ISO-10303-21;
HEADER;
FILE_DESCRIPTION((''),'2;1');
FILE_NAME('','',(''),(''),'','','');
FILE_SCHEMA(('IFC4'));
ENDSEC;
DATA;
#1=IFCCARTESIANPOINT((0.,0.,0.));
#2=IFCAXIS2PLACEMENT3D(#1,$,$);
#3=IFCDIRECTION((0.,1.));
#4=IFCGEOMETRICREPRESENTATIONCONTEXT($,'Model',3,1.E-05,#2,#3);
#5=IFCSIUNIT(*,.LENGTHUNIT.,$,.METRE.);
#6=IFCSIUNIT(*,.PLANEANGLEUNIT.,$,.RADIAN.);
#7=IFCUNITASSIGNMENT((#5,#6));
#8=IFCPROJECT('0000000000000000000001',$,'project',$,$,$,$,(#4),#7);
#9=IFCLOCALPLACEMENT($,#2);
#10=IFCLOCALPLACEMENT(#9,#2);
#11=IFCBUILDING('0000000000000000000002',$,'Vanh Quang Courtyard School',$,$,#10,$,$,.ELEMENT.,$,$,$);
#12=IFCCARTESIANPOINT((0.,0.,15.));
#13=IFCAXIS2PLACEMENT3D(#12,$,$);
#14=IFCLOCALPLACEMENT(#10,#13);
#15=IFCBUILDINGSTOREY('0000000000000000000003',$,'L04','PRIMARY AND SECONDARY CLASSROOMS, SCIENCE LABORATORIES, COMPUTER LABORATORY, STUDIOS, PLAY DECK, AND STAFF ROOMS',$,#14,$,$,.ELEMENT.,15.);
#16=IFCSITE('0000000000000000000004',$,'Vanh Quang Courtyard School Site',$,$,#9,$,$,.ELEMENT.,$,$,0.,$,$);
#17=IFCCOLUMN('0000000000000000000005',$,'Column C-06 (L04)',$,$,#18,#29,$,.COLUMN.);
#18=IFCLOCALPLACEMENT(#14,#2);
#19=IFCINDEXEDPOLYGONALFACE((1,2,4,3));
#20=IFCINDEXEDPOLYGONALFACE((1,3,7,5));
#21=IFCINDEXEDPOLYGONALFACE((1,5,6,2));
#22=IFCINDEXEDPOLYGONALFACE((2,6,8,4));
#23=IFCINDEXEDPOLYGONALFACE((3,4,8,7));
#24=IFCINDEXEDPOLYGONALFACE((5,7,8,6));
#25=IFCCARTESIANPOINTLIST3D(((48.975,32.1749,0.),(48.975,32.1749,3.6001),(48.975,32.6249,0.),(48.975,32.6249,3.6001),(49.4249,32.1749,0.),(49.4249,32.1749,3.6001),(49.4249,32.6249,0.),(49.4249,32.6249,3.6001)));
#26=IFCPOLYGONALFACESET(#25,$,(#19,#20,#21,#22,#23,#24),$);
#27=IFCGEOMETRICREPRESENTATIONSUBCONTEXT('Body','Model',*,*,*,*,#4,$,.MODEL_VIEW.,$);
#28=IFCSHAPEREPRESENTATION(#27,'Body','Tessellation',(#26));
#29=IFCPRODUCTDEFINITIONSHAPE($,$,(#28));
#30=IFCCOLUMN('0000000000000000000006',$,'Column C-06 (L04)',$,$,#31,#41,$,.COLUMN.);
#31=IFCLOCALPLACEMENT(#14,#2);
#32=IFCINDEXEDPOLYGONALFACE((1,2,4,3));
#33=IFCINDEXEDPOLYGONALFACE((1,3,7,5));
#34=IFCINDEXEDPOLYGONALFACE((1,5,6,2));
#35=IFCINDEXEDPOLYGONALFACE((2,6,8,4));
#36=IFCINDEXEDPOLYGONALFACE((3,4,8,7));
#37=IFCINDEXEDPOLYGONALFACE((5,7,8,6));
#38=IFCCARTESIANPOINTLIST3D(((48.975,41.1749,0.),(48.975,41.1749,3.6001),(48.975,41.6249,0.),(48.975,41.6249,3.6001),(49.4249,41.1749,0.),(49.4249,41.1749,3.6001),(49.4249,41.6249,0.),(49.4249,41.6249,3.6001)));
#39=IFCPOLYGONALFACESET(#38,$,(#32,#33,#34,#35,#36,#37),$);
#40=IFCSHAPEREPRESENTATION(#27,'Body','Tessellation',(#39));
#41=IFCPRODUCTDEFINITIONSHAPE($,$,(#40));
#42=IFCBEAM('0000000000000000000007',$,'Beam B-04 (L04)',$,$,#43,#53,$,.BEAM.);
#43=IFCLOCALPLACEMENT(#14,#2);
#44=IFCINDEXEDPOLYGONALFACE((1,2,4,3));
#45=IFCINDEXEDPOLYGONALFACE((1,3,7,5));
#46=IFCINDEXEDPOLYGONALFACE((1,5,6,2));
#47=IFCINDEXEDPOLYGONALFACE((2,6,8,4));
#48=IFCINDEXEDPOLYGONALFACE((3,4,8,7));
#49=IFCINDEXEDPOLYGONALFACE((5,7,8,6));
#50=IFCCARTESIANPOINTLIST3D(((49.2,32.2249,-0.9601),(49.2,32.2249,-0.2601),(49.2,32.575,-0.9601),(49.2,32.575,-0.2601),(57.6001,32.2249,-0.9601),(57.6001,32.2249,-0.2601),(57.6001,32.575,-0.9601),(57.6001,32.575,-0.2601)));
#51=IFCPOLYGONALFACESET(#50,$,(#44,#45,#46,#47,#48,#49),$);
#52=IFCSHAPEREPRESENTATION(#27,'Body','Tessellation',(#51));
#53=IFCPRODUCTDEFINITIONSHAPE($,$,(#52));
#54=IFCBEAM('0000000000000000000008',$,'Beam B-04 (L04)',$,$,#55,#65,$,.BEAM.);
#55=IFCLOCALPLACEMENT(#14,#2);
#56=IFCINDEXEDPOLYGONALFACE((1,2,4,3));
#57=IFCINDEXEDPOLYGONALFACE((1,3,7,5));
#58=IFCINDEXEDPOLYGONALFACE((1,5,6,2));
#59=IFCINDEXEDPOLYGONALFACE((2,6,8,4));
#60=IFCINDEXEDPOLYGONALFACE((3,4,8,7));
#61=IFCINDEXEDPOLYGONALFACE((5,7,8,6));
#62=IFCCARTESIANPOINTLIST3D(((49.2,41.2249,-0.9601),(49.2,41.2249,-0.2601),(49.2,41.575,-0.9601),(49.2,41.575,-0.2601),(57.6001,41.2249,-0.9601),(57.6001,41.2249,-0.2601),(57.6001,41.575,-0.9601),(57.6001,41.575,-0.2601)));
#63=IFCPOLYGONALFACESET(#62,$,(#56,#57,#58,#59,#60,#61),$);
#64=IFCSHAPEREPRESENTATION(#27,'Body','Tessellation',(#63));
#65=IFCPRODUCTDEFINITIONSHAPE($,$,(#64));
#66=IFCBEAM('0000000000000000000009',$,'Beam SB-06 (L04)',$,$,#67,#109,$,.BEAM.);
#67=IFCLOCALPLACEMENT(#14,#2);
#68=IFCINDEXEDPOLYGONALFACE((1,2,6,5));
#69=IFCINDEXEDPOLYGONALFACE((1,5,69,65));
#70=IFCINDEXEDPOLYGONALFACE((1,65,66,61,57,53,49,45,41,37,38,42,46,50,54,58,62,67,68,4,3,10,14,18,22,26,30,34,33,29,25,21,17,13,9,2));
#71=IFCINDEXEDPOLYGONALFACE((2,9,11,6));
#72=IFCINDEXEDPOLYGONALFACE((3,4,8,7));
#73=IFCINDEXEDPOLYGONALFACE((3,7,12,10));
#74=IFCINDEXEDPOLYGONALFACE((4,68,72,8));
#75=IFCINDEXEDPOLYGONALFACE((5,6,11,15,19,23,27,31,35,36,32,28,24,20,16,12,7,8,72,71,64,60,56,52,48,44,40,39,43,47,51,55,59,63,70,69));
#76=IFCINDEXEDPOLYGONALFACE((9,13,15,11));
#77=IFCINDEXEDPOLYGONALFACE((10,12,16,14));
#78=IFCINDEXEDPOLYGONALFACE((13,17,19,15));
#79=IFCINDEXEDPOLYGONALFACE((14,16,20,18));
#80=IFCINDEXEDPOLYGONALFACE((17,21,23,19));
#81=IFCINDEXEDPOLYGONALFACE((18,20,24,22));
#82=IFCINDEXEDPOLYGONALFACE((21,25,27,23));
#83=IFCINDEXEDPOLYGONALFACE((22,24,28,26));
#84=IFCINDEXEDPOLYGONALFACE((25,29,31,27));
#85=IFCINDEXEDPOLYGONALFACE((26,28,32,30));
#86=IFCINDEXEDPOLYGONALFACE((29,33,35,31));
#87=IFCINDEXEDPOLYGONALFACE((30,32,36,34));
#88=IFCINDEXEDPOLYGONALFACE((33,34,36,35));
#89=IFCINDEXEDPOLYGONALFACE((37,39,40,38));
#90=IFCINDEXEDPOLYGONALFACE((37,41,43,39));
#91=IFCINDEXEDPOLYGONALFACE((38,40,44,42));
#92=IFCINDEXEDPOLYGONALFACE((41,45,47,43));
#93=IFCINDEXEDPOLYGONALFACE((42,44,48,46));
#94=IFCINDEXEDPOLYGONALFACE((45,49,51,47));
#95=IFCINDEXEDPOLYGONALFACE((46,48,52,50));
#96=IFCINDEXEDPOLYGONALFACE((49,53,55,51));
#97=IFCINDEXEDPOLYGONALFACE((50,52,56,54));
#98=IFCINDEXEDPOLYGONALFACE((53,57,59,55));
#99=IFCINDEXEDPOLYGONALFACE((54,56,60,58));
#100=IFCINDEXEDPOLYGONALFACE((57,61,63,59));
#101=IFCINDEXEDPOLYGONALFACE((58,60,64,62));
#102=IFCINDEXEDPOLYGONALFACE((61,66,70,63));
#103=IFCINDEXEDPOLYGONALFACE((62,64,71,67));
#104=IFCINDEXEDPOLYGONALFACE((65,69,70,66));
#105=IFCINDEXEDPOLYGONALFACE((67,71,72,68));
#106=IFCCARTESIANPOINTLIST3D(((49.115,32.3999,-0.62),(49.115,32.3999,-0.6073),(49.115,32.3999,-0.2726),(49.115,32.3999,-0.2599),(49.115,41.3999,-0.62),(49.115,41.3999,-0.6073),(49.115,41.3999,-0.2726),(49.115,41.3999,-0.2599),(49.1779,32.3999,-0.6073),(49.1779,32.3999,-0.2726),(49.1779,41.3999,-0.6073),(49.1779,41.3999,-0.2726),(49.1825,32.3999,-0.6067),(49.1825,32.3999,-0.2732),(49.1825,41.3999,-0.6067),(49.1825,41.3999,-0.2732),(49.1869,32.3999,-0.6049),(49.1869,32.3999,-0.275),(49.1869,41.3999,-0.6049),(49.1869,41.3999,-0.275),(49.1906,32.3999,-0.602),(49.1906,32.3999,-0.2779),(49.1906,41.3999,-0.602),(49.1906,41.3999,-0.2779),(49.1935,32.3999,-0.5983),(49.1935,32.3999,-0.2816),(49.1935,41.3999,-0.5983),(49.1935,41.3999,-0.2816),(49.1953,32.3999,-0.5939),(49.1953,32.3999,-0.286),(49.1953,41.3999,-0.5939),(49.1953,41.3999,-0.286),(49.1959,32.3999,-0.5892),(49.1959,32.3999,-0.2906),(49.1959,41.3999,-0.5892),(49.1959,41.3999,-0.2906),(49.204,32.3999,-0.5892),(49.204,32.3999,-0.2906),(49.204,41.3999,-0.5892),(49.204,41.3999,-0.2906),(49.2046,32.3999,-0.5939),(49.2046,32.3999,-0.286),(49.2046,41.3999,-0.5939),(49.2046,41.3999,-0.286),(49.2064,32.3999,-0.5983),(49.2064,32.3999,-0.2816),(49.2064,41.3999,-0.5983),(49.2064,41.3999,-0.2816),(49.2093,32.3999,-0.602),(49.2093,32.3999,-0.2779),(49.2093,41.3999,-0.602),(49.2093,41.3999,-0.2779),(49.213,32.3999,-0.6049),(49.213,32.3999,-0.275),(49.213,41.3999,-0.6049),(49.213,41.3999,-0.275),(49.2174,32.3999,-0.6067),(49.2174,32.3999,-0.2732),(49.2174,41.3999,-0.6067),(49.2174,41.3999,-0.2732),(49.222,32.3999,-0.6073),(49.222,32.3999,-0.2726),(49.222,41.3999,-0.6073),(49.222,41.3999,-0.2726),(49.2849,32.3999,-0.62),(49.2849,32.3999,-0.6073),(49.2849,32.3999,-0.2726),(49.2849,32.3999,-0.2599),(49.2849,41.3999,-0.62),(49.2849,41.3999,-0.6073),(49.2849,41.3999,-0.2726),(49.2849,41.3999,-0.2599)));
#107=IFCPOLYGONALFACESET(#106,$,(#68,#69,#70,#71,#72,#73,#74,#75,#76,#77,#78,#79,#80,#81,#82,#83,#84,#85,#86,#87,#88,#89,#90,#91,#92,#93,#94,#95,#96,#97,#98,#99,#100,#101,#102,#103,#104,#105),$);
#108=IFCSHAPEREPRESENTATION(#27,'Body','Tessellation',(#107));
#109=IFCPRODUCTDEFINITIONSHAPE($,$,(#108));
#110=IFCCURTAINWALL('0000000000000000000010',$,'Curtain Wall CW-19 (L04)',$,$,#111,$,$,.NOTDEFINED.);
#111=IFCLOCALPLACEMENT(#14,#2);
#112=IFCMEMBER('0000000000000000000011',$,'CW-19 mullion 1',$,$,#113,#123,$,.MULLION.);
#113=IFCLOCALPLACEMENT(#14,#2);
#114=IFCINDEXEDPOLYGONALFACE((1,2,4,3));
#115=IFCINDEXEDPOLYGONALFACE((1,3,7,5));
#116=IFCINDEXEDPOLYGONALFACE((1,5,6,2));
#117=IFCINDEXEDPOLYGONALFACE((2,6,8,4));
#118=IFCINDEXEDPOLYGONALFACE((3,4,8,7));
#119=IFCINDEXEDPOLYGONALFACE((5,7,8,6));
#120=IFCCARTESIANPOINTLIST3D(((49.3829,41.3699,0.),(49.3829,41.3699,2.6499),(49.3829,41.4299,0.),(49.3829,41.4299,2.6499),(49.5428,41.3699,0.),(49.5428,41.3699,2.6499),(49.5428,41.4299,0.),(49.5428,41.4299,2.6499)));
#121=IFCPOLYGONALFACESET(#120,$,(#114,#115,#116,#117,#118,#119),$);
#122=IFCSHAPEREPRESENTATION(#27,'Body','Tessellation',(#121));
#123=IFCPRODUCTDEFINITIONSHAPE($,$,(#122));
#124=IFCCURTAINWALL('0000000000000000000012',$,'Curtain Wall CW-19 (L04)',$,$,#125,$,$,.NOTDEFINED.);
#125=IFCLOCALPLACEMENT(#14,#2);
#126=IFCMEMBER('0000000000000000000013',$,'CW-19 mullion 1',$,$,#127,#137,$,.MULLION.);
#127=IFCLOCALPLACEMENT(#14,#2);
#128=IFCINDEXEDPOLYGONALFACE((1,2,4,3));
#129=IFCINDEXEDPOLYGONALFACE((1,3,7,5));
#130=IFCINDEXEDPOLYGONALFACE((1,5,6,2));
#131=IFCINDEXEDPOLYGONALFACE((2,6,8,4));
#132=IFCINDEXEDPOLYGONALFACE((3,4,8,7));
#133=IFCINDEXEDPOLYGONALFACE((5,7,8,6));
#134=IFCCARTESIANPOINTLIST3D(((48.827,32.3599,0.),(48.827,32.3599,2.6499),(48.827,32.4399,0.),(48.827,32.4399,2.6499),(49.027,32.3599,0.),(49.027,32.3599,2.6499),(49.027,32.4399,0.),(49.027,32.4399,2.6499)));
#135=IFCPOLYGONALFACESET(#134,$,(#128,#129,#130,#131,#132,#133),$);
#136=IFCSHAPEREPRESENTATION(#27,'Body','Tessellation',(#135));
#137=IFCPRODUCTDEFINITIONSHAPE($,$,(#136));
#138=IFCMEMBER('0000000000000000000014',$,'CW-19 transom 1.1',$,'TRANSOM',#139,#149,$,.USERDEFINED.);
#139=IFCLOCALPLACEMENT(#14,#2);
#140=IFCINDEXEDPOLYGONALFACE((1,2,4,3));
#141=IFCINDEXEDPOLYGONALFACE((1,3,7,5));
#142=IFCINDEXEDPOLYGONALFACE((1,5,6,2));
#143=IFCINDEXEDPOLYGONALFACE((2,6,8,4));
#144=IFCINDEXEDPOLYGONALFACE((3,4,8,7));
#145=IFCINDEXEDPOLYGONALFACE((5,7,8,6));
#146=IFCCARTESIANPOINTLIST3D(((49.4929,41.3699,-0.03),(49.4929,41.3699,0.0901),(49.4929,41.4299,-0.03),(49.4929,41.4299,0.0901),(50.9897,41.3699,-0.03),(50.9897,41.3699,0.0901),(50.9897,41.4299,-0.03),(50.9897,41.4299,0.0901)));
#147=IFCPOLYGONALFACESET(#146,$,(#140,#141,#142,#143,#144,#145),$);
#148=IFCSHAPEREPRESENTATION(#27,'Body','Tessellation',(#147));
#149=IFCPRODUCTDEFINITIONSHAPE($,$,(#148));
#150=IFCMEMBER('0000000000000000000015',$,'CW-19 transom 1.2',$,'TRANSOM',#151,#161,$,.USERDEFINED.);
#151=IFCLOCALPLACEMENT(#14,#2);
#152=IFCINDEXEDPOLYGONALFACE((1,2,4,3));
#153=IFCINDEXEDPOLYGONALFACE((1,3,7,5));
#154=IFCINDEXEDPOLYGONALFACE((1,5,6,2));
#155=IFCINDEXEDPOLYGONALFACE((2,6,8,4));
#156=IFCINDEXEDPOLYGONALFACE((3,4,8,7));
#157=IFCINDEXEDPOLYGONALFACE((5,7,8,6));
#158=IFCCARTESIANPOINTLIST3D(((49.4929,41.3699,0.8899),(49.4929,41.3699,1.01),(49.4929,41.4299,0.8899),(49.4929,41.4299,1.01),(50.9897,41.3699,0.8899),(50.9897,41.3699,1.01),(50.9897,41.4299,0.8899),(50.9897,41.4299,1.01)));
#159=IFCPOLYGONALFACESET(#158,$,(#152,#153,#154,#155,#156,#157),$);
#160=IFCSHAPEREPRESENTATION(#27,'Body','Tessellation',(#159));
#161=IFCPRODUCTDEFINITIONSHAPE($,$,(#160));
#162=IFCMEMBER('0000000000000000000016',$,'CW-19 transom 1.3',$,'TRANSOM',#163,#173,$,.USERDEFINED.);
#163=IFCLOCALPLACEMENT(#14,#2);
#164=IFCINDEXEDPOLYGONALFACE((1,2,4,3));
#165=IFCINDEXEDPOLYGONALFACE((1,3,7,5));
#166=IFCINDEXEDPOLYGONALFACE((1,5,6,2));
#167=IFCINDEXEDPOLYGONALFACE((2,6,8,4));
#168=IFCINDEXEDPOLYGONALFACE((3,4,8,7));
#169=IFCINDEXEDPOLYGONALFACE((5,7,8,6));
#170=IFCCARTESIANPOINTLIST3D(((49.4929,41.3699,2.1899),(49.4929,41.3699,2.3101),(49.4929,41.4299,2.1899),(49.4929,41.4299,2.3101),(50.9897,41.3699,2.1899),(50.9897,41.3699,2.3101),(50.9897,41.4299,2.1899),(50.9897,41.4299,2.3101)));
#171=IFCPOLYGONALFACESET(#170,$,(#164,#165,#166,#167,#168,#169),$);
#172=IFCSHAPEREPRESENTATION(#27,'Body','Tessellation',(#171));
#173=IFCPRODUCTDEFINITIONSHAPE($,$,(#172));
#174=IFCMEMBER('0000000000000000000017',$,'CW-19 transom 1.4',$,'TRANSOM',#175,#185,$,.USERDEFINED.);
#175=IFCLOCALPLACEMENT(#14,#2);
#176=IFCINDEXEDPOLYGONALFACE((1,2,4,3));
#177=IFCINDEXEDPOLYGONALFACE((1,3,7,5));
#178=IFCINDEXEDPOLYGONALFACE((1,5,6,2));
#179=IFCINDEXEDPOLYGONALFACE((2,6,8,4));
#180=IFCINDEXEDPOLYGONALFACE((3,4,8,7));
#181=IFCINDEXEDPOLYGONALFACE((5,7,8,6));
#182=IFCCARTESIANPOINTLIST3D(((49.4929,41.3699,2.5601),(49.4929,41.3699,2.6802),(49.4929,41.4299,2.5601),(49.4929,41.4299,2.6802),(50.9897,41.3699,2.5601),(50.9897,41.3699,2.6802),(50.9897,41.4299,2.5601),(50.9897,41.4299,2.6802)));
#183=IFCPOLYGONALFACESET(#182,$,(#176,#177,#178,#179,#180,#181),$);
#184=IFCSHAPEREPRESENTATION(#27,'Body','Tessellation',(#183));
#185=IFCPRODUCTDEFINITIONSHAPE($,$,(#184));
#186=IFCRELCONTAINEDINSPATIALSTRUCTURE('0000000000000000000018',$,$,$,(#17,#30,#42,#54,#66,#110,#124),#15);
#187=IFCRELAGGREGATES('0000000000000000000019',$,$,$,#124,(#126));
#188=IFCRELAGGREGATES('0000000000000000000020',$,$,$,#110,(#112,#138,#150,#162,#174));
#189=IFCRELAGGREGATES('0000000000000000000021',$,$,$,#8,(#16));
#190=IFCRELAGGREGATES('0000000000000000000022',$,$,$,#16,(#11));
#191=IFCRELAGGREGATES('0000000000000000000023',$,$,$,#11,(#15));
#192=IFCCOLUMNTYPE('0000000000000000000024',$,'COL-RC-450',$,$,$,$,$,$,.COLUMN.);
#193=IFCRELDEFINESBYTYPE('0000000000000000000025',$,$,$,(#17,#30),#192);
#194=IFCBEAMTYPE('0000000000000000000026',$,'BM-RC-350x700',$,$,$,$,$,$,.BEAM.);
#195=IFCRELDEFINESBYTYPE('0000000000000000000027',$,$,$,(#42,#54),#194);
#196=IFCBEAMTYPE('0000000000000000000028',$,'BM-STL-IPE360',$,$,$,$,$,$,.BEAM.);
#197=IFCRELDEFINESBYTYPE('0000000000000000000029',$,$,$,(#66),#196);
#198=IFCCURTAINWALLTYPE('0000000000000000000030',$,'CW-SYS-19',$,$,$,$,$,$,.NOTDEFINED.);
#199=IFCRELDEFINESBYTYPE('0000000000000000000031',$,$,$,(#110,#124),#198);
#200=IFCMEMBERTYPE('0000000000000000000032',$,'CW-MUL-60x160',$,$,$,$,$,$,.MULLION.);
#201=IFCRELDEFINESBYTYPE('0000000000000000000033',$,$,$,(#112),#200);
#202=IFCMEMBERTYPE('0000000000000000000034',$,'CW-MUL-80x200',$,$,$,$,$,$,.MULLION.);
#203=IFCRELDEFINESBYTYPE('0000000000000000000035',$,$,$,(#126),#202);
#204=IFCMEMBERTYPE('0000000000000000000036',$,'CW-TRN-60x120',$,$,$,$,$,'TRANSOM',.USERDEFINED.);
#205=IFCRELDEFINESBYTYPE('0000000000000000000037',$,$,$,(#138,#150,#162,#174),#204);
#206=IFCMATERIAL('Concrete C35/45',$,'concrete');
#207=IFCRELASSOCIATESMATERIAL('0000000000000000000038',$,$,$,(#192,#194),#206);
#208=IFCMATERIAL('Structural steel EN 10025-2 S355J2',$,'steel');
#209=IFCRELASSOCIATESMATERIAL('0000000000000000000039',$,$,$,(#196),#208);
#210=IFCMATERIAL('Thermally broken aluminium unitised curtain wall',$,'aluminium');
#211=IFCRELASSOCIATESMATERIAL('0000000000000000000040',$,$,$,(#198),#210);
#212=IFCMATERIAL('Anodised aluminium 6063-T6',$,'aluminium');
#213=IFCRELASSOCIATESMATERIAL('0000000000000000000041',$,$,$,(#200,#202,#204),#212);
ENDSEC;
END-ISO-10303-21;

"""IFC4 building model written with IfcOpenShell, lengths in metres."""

from ifc_helpers import new_model, si_unit, direction, frame, origin, origin_2d, place, context, subcontext, project, spatial, rectangle, i_section, extrude, material, material_profile, profile_set, type_object, element, aggregate, save


model = new_model("IFC4")

# Units and contexts
model_context = context("Model", 3, precision=1e-05, world=origin(), true_north=direction((0.0, 1.0)))
body_context = subcontext(model_context, "Body", "Model", "MODEL_VIEW")
ifc_project = project(units=[si_unit("LENGTHUNIT", "METRE"), si_unit("PLANEANGLEUNIT", "RADIAN")], contexts=[model_context])

# Site, building, storey
site_placement = place(None, origin())
site = spatial("IfcSite", under=ifc_project, at=site_placement, Name="Vanh Quang Courtyard School Site", CompositionType="ELEMENT", RefElevation=0.0)
building_placement = place(site_placement, origin())
building = spatial("IfcBuilding", under=site, at=building_placement, Name="Vanh Quang Courtyard School", CompositionType="ELEMENT")
storey_placement = place(building_placement, frame((0.0, 0.0, 15.0)))
storey = spatial("IfcBuildingStorey", under=building, at=storey_placement, Name="L04", Description="PRIMARY AND SECONDARY CLASSROOMS, SCIENCE LABORATORIES, COMPUTER LABORATORY, STUDIOS, PLAY DECK, AND STAFF ROOMS", CompositionType="ELEMENT", Elevation=15.0)

# Columns
ifc_material_1 = material(Name="Concrete C35/45", Category="concrete")
ifc_material_profile_1 = material_profile(ifc_material_1, rectangle(XDim=0.45, YDim=0.45, at=origin_2d()), Name="RC-COL 450x450")
ifc_profile_set_1 = profile_set([ifc_material_profile_1], Name="Concrete C35/45")
column_type = type_object("IfcColumnType", Name="COL-RC-450", PredefinedType="COLUMN", material=ifc_profile_set_1)
for number, where, z_axis, x_axis, name in (
    (1, (49.2, 32.3999, 0.0), (0.0, 0.0, 1.0), (1.0, 0.0, 0.0), "Column C-06 (L04)"),
    (2, (49.2, 41.3999, 0.0), (0.0, 0.0, 1.0), (1.0, 0.0, 0.0), "Column C-06 (L04)"),
):
    element("IfcColumn", number, at=place(storey_placement, frame(where, z_axis=z_axis, x_axis=x_axis)), inside=storey, type_object=column_type, Name=name, PredefinedType="COLUMN", context=body_context, shape_type="SweptSolid", body=[
        extrude(rectangle(XDim=0.45, YDim=0.45, at=origin_2d()), origin(), (0.0, 0.0, 1.0), 3.6001),
    ])

# Beams
ifc_material_profile_2 = material_profile(ifc_material_1, rectangle(XDim=0.3501, YDim=0.7, at=origin_2d()), Name="RC-BM 350x700")
ifc_profile_set_2 = profile_set([ifc_material_profile_2], Name="Concrete C35/45")
beam_type_1 = type_object("IfcBeamType", Name="BM-RC-350x700", PredefinedType="BEAM", material=ifc_profile_set_2)
for number, where, z_axis, x_axis, name in (
    (3, (49.2, 32.3999, -0.6101), (1.0, 0.0, 0.0), (0.0, 1.0, 0.0), "Beam B-04 (L04)"),
    (4, (49.2, 41.3999, -0.6101), (1.0, 0.0, 0.0), (0.0, 1.0, 0.0), "Beam B-04 (L04)"),
):
    element("IfcBeam", number, at=place(storey_placement, frame(where, z_axis=z_axis, x_axis=x_axis)), inside=storey, type_object=beam_type_1, Name=name, PredefinedType="BEAM", context=body_context, shape_type="SweptSolid", body=[
        extrude(rectangle(XDim=0.3501, YDim=0.7, at=origin_2d()), origin(), (0.0, 0.0, 1.0), 8.4001),
    ])
ifc_material_2 = material(Name="Structural steel EN 10025-2 S355J2", Category="steel")
ifc_material_profile_3 = material_profile(ifc_material_2, i_section(OverallWidth=0.1699, OverallDepth=0.3601, WebThickness=0.0081, FlangeThickness=0.0127, FilletRadius=0.0181, at=origin_2d()), Name="IPE 360")
ifc_profile_set_3 = profile_set([ifc_material_profile_3], Name="Structural steel EN 10025-2 S355J2")
beam_type_2 = type_object("IfcBeamType", Name="BM-STL-IPE360", PredefinedType="BEAM", material=ifc_profile_set_3)
beam_placement = place(storey_placement, frame((49.2, 32.3999, -0.4399), z_axis=(0.0, 1.0, 0.0), x_axis=(-1.0, 0.0, 0.0)))
element("IfcBeam", 5, at=beam_placement, inside=storey, type_object=beam_type_2, Name="Beam SB-06 (L04)", PredefinedType="BEAM", context=body_context, shape_type="SweptSolid", body=[
    extrude(i_section(OverallWidth=0.1699, OverallDepth=0.3601, WebThickness=0.0081, FlangeThickness=0.0127, FilletRadius=0.0181, at=origin_2d()), origin(), (0.0, 0.0, 1.0), 9.0),
])

# Curtain walls, members
ifc_material_3 = material(Name="Thermally broken aluminium unitised curtain wall", Category="aluminium")
curtain_wall_type = type_object("IfcCurtainWallType", Name="CW-SYS-19", PredefinedType="NOTDEFINED", material=ifc_material_3)
curtain_wall_1_placement = place(storey_placement, origin())
curtain_wall_1 = element("IfcCurtainWall", 6, at=curtain_wall_1_placement, inside=storey, type_object=curtain_wall_type, Name="Curtain Wall CW-19 (L04)", PredefinedType="NOTDEFINED")
ifc_material_4 = material(Name="Anodised aluminium 6063-T6", Category="aluminium")
ifc_material_profile_4 = material_profile(ifc_material_4, rectangle(XDim=0.0601, YDim=0.1599, at=origin_2d()), Name="ALU-MUL 60x160")
ifc_profile_set_4 = profile_set([ifc_material_profile_4], Name="Anodised aluminium 6063-T6")
member_type_1 = type_object("IfcMemberType", Name="CW-MUL-60x160", PredefinedType="MULLION", material=ifc_profile_set_4)
member_1_placement = place(storey_placement, frame((49.4629, 41.3999, 0.0), z_axis=(0.0, 0.0, 1.0), x_axis=(0.0, 1.0, 0.0)))
member_1 = element("IfcMember", 7, at=member_1_placement, type_object=member_type_1, Name="CW-19 mullion 1", PredefinedType="MULLION", context=body_context, shape_type="SweptSolid", body=[
    extrude(rectangle(XDim=0.0601, YDim=0.1599, at=origin_2d()), origin(), (0.0, 0.0, 1.0), 2.6499),
])
curtain_wall_2_placement = place(storey_placement, origin())
curtain_wall_2 = element("IfcCurtainWall", 8, at=curtain_wall_2_placement, inside=storey, type_object=curtain_wall_type, Name="Curtain Wall CW-19 (L04)", PredefinedType="NOTDEFINED")
ifc_material_profile_5 = material_profile(ifc_material_4, rectangle(XDim=0.0801, YDim=0.2, at=origin_2d()), Name="ALU-MUL 80x200")
ifc_profile_set_5 = profile_set([ifc_material_profile_5], Name="Anodised aluminium 6063-T6")
member_type_2 = type_object("IfcMemberType", Name="CW-MUL-80x200", PredefinedType="MULLION", material=ifc_profile_set_5)
member_2_placement = place(storey_placement, frame((48.927, 32.3999, 0.0), z_axis=(0.0, 0.0, 1.0), x_axis=(0.0, -1.0, 0.0)))
member_2 = element("IfcMember", 9, at=member_2_placement, type_object=member_type_2, Name="CW-19 mullion 1", PredefinedType="MULLION", context=body_context, shape_type="SweptSolid", body=[
    extrude(rectangle(XDim=0.0801, YDim=0.2, at=origin_2d()), origin(), (0.0, 0.0, 1.0), 2.6499),
])

# Members
ifc_material_profile_6 = material_profile(ifc_material_4, rectangle(XDim=0.0601, YDim=0.1201, at=origin_2d()), Name="ALU-TRN 60x120")
ifc_profile_set_6 = profile_set([ifc_material_profile_6], Name="Anodised aluminium 6063-T6")
member_type_3 = type_object("IfcMemberType", Name="CW-TRN-60x120", ElementType="TRANSOM", PredefinedType="USERDEFINED", material=ifc_profile_set_6)
member_3_placement = place(storey_placement, frame((49.4929, 41.3999, 0.03), z_axis=(1.0, 0.0, 0.0), x_axis=(0.0, 1.0, 0.0)))
member_3 = element("IfcMember", 10, at=member_3_placement, type_object=member_type_3, Name="CW-19 transom 1.1", ObjectType="TRANSOM", PredefinedType="USERDEFINED", context=body_context, shape_type="SweptSolid", body=[
    extrude(rectangle(XDim=0.0601, YDim=0.1201, at=origin_2d()), origin(), (0.0, 0.0, 1.0), 1.4968),
])
member_4_placement = place(storey_placement, frame((49.4929, 41.3999, 0.95), z_axis=(1.0, 0.0, 0.0), x_axis=(0.0, 1.0, 0.0)))
member_4 = element("IfcMember", 11, at=member_4_placement, type_object=member_type_3, Name="CW-19 transom 1.2", ObjectType="TRANSOM", PredefinedType="USERDEFINED", context=body_context, shape_type="SweptSolid", body=[
    extrude(rectangle(XDim=0.0601, YDim=0.1201, at=origin_2d()), origin(), (0.0, 0.0, 1.0), 1.4968),
])
member_5_placement = place(storey_placement, frame((49.4929, 41.3999, 2.25), z_axis=(1.0, 0.0, 0.0), x_axis=(0.0, 1.0, 0.0)))
member_5 = element("IfcMember", 12, at=member_5_placement, type_object=member_type_3, Name="CW-19 transom 1.3", ObjectType="TRANSOM", PredefinedType="USERDEFINED", context=body_context, shape_type="SweptSolid", body=[
    extrude(rectangle(XDim=0.0601, YDim=0.1201, at=origin_2d()), origin(), (0.0, 0.0, 1.0), 1.4968),
])
member_6_placement = place(storey_placement, frame((49.4929, 41.3999, 2.6201), z_axis=(1.0, 0.0, 0.0), x_axis=(0.0, 1.0, 0.0)))
member_6 = element("IfcMember", 13, at=member_6_placement, type_object=member_type_3, Name="CW-19 transom 1.4", ObjectType="TRANSOM", PredefinedType="USERDEFINED", context=body_context, shape_type="SweptSolid", body=[
    extrude(rectangle(XDim=0.0601, YDim=0.1201, at=origin_2d()), origin(), (0.0, 0.0, 1.0), 1.4968),
])
aggregate(curtain_wall_2, [member_2])

aggregate(curtain_wall_1, [member_1, member_3, member_4, member_5, member_6])

save(model, "model.ifc")
